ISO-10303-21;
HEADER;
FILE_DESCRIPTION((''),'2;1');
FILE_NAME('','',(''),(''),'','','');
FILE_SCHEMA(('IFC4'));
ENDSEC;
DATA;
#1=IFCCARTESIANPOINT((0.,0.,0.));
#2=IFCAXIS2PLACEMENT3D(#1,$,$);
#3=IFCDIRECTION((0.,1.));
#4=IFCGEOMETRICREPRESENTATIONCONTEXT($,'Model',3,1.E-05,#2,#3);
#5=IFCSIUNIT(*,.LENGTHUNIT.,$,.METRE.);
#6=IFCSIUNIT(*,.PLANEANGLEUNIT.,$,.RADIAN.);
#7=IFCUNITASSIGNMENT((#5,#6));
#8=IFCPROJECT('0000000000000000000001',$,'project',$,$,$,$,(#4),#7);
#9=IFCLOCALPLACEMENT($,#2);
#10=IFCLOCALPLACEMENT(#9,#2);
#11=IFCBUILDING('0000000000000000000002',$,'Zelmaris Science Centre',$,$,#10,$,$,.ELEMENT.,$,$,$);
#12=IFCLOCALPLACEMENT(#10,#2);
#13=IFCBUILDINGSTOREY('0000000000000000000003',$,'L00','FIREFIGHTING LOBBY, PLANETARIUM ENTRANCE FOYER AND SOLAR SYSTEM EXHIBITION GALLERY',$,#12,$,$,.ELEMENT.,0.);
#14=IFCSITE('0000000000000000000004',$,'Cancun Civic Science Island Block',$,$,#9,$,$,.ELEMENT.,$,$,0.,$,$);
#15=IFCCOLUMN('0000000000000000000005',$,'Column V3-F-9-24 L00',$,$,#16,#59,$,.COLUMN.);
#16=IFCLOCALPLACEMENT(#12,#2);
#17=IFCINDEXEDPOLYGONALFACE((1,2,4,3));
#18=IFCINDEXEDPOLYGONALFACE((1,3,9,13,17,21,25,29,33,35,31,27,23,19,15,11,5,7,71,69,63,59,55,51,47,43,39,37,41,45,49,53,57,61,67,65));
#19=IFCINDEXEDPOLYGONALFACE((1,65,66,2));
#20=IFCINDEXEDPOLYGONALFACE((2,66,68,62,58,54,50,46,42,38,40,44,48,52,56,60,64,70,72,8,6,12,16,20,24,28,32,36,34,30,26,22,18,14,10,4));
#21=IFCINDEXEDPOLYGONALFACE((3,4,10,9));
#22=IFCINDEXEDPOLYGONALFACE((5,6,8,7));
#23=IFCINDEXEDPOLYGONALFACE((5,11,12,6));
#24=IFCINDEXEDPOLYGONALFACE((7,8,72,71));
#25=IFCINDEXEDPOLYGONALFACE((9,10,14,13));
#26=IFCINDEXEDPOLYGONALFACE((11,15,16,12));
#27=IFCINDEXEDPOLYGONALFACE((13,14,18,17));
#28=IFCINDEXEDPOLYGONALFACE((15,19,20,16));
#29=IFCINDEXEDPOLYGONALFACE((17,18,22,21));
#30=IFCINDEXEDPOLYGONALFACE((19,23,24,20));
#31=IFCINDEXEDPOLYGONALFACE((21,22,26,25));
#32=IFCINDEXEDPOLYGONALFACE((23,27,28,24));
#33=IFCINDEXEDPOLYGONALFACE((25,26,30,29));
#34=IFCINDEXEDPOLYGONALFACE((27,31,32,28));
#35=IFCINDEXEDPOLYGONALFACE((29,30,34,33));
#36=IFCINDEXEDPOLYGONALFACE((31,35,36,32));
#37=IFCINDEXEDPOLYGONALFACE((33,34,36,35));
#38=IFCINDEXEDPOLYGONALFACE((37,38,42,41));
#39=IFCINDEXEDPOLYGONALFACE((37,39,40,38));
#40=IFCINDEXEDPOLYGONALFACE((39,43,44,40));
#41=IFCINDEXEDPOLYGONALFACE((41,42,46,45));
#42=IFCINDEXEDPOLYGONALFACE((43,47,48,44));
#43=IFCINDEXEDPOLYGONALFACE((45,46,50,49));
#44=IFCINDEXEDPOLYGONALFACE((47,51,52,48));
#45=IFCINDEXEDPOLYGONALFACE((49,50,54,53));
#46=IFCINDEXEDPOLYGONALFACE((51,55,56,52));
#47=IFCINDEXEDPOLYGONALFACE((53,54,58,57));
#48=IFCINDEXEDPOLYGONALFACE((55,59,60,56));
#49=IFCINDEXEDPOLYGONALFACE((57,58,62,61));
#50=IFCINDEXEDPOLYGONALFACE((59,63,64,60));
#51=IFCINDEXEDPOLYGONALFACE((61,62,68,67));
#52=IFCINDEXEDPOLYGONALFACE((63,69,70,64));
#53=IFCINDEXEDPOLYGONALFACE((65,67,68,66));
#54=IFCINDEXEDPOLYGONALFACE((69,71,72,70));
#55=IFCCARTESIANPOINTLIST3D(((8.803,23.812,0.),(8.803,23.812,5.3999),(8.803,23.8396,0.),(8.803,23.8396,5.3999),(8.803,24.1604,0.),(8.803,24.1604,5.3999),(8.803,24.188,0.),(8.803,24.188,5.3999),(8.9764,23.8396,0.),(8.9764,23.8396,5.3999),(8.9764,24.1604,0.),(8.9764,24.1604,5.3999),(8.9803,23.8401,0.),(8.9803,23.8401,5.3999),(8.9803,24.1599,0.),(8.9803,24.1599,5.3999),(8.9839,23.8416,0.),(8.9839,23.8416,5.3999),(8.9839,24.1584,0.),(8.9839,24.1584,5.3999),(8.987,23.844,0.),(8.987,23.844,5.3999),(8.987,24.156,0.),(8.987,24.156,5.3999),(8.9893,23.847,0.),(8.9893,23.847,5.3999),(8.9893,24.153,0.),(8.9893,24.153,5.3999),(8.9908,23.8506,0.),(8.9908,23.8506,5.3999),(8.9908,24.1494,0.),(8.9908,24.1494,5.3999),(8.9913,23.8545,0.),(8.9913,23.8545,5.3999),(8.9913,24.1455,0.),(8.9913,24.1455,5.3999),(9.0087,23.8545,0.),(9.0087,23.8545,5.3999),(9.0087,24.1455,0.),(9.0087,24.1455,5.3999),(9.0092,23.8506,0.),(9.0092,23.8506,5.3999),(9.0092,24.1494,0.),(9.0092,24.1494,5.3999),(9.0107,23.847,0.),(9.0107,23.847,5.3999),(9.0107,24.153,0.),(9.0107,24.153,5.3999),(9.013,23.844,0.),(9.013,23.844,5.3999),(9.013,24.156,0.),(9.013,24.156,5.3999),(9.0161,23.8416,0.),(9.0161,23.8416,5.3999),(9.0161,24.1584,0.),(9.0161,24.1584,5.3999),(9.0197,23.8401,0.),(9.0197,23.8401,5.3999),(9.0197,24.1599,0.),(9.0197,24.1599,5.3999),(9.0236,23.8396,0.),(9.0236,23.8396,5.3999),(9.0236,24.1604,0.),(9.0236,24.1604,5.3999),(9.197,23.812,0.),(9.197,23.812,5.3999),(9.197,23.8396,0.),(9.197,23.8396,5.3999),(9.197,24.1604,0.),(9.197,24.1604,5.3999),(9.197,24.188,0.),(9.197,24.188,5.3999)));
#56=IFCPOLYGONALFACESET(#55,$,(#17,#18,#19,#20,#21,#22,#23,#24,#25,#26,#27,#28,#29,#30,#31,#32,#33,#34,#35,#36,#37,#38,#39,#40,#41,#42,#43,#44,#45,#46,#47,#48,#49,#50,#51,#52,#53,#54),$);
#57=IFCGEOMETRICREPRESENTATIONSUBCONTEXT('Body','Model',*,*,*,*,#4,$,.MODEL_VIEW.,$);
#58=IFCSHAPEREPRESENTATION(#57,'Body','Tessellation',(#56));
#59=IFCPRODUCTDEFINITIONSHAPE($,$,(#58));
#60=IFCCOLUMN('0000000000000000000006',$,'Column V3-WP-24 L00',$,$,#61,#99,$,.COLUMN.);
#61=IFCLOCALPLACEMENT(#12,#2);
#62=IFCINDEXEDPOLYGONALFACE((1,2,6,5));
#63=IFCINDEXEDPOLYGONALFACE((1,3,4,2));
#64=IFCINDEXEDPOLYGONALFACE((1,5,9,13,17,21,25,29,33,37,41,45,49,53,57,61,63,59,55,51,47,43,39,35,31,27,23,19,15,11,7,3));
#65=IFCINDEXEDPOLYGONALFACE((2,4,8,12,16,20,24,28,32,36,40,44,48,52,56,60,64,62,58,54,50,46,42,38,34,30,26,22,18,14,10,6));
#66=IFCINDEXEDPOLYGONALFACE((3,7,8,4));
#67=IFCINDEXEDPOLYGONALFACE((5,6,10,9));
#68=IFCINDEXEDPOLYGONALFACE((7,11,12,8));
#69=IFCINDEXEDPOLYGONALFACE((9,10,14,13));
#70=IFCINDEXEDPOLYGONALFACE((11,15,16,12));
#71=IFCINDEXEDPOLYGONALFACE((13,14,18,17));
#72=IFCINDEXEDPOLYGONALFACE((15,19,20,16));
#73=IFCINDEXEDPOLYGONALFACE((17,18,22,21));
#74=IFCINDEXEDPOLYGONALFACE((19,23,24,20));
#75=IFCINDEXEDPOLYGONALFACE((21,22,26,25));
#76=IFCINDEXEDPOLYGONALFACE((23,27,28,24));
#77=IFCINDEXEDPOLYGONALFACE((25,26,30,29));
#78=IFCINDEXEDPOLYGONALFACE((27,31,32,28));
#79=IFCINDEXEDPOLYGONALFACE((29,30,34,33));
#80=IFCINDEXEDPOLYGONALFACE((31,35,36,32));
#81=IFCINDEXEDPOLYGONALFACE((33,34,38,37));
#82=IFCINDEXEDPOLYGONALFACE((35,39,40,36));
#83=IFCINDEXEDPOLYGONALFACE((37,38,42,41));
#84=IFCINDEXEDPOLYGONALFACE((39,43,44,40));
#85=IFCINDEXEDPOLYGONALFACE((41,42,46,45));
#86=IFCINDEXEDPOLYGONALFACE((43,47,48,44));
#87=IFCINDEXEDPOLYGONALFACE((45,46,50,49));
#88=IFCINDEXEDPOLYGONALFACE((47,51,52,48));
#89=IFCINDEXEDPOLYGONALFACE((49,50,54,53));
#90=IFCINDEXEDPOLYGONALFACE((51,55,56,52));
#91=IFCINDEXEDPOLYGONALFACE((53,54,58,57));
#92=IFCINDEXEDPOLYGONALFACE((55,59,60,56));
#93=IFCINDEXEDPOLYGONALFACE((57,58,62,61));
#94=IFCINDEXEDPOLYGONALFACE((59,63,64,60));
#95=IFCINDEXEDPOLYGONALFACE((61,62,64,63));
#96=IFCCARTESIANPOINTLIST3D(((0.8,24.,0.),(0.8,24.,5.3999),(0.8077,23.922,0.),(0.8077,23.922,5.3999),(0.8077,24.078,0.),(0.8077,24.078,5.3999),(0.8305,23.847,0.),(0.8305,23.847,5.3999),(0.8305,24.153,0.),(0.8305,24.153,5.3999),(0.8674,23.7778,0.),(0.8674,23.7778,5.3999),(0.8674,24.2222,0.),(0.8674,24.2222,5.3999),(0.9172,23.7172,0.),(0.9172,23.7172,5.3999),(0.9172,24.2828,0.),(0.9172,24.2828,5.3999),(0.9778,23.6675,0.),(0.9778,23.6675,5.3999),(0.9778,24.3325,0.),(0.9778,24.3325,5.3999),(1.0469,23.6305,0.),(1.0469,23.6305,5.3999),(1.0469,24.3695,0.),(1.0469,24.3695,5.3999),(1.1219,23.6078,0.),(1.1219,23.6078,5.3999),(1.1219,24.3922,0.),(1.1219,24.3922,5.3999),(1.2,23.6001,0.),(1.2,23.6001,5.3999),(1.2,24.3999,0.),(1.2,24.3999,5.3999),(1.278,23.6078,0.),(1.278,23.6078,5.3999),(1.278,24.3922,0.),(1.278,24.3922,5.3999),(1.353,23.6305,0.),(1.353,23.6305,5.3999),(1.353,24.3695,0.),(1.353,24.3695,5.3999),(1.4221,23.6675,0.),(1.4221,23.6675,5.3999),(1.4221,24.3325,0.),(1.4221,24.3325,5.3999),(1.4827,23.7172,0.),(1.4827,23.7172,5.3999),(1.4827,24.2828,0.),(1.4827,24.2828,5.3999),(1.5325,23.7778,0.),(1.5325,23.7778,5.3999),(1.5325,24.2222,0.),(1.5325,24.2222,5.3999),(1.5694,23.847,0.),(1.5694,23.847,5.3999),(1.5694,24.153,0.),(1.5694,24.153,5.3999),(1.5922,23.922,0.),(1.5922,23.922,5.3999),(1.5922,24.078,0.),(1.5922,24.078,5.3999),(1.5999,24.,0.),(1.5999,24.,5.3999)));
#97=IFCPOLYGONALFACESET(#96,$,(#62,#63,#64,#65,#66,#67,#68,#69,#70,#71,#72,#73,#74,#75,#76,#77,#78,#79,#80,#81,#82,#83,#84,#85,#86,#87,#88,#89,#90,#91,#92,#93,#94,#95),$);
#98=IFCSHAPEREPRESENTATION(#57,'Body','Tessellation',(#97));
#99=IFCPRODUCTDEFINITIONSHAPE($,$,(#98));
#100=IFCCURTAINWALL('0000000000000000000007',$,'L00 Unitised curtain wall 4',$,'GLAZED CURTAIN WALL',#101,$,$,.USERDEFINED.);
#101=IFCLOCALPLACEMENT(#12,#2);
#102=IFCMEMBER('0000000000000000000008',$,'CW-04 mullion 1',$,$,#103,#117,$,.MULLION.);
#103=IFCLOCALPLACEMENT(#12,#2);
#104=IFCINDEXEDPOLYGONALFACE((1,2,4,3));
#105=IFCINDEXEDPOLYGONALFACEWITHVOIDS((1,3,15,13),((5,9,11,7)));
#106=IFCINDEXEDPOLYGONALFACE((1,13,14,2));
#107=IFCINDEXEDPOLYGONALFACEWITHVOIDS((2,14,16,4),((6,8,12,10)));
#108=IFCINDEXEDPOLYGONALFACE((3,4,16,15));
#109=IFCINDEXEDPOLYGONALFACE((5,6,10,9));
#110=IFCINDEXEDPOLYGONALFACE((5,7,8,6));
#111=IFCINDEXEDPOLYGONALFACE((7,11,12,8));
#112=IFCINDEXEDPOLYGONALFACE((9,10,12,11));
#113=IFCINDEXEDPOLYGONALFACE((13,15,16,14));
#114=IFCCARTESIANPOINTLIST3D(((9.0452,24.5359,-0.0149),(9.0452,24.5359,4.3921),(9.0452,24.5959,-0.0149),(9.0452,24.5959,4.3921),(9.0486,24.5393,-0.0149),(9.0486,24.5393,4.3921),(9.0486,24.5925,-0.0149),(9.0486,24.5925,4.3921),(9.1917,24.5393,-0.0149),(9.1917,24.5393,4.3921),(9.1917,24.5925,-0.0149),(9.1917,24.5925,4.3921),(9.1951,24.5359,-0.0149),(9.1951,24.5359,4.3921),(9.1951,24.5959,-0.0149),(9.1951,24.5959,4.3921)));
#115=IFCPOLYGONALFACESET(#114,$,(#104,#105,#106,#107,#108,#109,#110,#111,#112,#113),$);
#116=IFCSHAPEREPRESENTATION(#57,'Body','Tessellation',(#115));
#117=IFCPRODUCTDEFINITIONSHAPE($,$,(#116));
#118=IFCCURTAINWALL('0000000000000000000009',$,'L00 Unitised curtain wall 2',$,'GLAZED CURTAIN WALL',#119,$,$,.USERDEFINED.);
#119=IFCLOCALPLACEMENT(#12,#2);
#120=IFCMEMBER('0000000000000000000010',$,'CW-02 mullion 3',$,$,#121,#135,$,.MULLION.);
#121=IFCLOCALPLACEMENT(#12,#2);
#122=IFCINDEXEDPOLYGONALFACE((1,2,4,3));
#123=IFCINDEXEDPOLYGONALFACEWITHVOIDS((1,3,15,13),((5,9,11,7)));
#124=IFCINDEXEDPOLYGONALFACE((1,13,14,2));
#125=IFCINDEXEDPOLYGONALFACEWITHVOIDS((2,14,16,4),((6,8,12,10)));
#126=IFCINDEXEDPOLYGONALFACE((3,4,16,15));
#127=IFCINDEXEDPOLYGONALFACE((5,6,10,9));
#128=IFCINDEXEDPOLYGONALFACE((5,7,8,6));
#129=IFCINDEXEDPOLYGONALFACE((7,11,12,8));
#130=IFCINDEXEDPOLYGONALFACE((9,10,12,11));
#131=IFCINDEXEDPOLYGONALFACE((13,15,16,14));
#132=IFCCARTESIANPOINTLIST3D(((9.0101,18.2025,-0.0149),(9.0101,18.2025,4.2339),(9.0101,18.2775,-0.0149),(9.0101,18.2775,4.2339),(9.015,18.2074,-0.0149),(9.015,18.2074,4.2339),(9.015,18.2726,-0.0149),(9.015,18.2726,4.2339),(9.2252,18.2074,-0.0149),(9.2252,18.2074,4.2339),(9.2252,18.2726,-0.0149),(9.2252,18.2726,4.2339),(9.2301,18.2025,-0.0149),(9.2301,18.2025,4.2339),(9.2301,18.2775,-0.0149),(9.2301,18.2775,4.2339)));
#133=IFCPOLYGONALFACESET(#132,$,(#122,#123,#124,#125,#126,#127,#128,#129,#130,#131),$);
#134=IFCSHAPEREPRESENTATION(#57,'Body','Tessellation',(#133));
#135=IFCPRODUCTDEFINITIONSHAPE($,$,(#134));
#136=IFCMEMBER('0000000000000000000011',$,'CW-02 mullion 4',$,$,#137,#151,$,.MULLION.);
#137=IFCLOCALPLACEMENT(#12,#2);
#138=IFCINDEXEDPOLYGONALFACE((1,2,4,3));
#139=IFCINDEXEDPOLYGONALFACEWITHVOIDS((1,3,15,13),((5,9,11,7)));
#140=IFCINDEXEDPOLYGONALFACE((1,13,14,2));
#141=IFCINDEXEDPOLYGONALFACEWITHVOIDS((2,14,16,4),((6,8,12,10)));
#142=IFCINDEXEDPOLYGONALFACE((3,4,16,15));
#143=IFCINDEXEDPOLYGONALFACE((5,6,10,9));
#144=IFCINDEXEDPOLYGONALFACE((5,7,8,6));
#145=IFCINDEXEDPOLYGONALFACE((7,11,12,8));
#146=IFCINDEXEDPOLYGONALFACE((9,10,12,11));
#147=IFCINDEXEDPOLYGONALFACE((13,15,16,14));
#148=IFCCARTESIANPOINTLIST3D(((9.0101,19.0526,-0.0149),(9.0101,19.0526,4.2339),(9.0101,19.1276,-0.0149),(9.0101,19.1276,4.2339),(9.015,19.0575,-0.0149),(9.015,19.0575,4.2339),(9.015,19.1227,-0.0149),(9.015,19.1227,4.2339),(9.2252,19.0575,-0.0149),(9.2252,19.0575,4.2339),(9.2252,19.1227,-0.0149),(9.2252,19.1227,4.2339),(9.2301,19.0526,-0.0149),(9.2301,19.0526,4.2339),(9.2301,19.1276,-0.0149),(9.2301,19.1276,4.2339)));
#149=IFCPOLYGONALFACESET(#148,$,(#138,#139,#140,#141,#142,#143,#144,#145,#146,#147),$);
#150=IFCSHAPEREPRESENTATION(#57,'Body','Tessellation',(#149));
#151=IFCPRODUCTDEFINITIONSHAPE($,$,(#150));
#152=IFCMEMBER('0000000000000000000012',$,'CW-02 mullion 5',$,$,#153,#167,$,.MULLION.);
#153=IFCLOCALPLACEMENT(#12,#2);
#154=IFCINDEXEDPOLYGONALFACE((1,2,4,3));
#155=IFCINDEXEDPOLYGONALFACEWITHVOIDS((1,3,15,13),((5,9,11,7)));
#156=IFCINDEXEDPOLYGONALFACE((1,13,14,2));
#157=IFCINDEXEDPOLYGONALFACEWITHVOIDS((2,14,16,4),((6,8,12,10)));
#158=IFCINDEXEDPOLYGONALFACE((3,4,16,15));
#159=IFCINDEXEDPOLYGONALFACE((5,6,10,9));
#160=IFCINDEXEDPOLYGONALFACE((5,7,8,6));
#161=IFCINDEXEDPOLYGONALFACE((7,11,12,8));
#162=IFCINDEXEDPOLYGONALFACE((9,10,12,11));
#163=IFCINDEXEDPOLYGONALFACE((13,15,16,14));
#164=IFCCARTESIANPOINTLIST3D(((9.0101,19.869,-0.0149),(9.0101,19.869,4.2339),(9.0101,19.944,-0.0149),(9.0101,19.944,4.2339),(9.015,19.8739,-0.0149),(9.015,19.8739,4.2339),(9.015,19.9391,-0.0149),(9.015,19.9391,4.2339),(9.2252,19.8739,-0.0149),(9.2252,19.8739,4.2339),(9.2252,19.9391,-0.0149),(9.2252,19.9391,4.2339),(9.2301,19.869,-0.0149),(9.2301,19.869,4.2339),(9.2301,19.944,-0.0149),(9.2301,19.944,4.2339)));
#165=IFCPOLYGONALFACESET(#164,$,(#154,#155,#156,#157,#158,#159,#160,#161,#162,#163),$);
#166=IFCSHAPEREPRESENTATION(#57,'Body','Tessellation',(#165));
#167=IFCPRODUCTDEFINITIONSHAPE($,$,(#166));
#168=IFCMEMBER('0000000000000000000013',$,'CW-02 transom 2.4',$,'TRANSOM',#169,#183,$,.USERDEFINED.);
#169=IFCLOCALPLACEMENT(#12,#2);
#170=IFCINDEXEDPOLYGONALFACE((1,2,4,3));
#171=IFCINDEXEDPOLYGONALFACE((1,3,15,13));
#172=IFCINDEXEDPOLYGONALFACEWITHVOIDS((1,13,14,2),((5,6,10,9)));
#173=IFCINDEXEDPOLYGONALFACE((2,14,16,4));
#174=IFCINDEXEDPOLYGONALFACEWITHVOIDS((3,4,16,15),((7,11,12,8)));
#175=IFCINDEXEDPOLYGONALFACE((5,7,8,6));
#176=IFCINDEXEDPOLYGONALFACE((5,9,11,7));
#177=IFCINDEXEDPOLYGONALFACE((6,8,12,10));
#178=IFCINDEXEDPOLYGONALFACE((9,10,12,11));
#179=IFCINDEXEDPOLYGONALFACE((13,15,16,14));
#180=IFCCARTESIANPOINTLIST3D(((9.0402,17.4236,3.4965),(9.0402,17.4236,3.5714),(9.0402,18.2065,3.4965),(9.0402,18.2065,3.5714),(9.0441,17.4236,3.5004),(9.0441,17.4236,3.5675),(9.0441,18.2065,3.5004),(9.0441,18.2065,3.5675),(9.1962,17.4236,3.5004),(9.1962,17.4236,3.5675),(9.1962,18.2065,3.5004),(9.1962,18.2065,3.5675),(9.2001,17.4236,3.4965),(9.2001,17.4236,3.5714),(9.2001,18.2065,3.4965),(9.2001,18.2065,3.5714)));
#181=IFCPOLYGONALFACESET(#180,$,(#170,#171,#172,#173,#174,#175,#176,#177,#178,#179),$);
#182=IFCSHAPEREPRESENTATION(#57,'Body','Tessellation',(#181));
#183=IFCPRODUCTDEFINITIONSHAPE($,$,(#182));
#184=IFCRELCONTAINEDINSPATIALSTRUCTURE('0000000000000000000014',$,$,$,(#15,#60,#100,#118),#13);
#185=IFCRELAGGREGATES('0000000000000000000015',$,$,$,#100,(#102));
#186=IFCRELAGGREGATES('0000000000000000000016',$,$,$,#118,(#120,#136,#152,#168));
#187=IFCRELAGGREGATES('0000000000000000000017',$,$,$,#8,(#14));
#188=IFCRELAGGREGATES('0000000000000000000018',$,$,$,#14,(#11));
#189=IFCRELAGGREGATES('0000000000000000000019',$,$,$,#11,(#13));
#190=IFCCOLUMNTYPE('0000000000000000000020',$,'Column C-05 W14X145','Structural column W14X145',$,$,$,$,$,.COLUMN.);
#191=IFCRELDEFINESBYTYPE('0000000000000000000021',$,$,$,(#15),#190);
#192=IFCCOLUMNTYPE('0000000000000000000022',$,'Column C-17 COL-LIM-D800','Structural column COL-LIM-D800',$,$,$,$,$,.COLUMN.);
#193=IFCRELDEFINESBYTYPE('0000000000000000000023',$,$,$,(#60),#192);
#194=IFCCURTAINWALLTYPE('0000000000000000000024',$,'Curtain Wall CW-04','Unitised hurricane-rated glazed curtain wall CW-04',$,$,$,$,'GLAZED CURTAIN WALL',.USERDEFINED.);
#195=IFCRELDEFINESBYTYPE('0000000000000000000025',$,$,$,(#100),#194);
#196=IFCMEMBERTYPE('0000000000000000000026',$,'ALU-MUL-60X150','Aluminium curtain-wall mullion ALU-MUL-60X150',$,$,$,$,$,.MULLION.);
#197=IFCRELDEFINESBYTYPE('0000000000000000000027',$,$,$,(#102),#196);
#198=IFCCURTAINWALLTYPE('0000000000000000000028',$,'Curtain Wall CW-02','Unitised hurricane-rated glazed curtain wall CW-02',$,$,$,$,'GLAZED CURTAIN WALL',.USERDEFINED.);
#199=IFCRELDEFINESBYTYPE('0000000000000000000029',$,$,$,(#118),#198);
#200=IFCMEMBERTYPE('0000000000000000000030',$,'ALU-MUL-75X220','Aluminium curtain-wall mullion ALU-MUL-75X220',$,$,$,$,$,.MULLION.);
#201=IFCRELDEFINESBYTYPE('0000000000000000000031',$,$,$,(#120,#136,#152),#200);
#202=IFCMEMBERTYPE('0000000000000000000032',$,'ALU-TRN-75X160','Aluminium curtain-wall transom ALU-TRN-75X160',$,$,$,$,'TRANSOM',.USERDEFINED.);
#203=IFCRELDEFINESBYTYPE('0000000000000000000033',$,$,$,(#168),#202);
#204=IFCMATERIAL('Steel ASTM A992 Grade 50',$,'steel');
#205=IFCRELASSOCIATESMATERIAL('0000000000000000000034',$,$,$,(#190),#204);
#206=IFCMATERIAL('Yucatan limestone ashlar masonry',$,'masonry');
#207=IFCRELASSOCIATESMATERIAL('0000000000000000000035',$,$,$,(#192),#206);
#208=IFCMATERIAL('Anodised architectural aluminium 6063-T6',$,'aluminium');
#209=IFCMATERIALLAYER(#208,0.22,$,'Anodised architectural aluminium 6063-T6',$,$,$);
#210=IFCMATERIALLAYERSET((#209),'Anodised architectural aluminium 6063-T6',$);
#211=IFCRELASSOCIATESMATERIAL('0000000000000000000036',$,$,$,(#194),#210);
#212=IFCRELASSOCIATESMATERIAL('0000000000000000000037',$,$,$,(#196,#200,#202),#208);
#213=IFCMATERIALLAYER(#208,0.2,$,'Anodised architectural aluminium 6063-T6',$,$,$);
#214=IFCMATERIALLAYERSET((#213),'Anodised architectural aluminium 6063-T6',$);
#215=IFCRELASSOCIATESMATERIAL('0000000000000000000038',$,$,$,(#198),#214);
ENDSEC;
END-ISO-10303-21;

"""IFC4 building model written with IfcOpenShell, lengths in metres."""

from ifc_helpers import new_model, si_unit, direction, frame, origin, origin_2d, place, context, subcontext, project, spatial, hollow_rectangle, circle, i_section, extrude, material, layer, layer_set, material_profile, profile_set, type_object, element, aggregate, save


model = new_model("IFC4")

# Units and contexts
model_context = context("Model", 3, precision=1e-05, world=origin(), true_north=direction((0.0, 1.0)))
body_context = subcontext(model_context, "Body", "Model", "MODEL_VIEW")
ifc_project = project(units=[si_unit("LENGTHUNIT", "METRE"), si_unit("PLANEANGLEUNIT", "RADIAN")], contexts=[model_context])

# Site, building, storey
site_placement = place(None, origin())
site = spatial("IfcSite", under=ifc_project, at=site_placement, Name="Cancun Civic Science Island Block", CompositionType="ELEMENT", RefElevation=0.0)
building_placement = place(site_placement, origin())
building = spatial("IfcBuilding", under=site, at=building_placement, Name="Zelmaris Science Centre", CompositionType="ELEMENT")
storey_placement = place(building_placement, origin())
storey = spatial("IfcBuildingStorey", under=building, at=storey_placement, Name="L00", Description="FIREFIGHTING LOBBY, PLANETARIUM ENTRANCE FOYER AND SOLAR SYSTEM EXHIBITION GALLERY", CompositionType="ELEMENT", Elevation=0.0)

# Columns
ifc_material_1 = material(Name="Steel ASTM A992 Grade 50", Category="steel")
ifc_material_profile_1 = material_profile(ifc_material_1, i_section(OverallWidth=0.394, OverallDepth=0.376, WebThickness=0.0173, FlangeThickness=0.0276, FilletRadius=0.0149, at=origin_2d()), Name="W14X145")
ifc_profile_set_1 = profile_set([ifc_material_profile_1], Name="Steel ASTM A992 Grade 50")
column_type_1 = type_object("IfcColumnType", Name="Column C-05 W14X145", Description="Structural column W14X145", PredefinedType="COLUMN", material=ifc_profile_set_1)
column_1_placement = place(storey_placement, frame((9.0, 24.0, 0.0), z_axis=(0.0, 0.0, 1.0), x_axis=(1.0, 0.0, 0.0)))
element("IfcColumn", 1, at=column_1_placement, inside=storey, type_object=column_type_1, Name="Column V3-F-9-24 L00", PredefinedType="COLUMN", context=body_context, shape_type="SweptSolid", body=[
    extrude(i_section(OverallWidth=0.394, OverallDepth=0.376, WebThickness=0.0173, FlangeThickness=0.0276, FilletRadius=0.0149, at=origin_2d()), origin(), (0.0, 0.0, 1.0), 5.3999),
])
ifc_material_2 = material(Name="Yucatan limestone ashlar masonry", Category="masonry")
ifc_material_profile_2 = material_profile(ifc_material_2, circle(Radius=0.3999, at=origin_2d()), Name="COL-LIM-D800")
ifc_profile_set_2 = profile_set([ifc_material_profile_2], Name="Yucatan limestone ashlar masonry")
column_type_2 = type_object("IfcColumnType", Name="Column C-17 COL-LIM-D800", Description="Structural column COL-LIM-D800", PredefinedType="COLUMN", material=ifc_profile_set_2)
column_2_placement = place(storey_placement, frame((1.2, 24.0, 0.0), z_axis=(0.0, 0.0, 1.0), x_axis=(1.0, 0.0, 0.0)))
element("IfcColumn", 2, at=column_2_placement, inside=storey, type_object=column_type_2, Name="Column V3-WP-24 L00", PredefinedType="COLUMN", context=body_context, shape_type="SweptSolid", body=[
    extrude(circle(Radius=0.3999, at=origin_2d()), origin(), (0.0, 0.0, 1.0), 5.3999),
])

# Curtain wall, member
ifc_material_3 = material(Name="Anodised architectural aluminium 6063-T6", Category="aluminium")
ifc_layer_1 = layer(ifc_material_3, 0.22, Name="Anodised architectural aluminium 6063-T6")
ifc_layer_set_1 = layer_set([ifc_layer_1], Name="Anodised architectural aluminium 6063-T6")
curtain_wall_type_1 = type_object("IfcCurtainWallType", Name="Curtain Wall CW-04", Description="Unitised hurricane-rated glazed curtain wall CW-04", ElementType="GLAZED CURTAIN WALL", PredefinedType="USERDEFINED", material=ifc_layer_set_1)
curtain_wall_1_placement = place(storey_placement, origin())
curtain_wall_1 = element("IfcCurtainWall", 3, at=curtain_wall_1_placement, inside=storey, type_object=curtain_wall_type_1, Name="L00 Unitised curtain wall 4", ObjectType="GLAZED CURTAIN WALL", PredefinedType="USERDEFINED")
ifc_material_profile_3 = material_profile(ifc_material_3, hollow_rectangle(XDim=0.0601, YDim=0.1499, WallThickness=0.0034, at=origin_2d()), Name="ALU-MUL-60X150")
ifc_profile_set_3 = profile_set([ifc_material_profile_3], Name="Anodised architectural aluminium 6063-T6")
member_type_1 = type_object("IfcMemberType", Name="ALU-MUL-60X150", Description="Aluminium curtain-wall mullion ALU-MUL-60X150", PredefinedType="MULLION", material=ifc_profile_set_3)
member_1_placement = place(storey_placement, frame((9.1201, 24.5659, -0.0149), z_axis=(0.0, 0.0, 1.0), x_axis=(0.0, 1.0, 0.0)))
member_1 = element("IfcMember", 4, at=member_1_placement, type_object=member_type_1, Name="CW-04 mullion 1", PredefinedType="MULLION", context=body_context, shape_type="SweptSolid", body=[
    extrude(hollow_rectangle(XDim=0.0601, YDim=0.1499, WallThickness=0.0034, at=origin_2d()), origin(), (0.0, 0.0, 1.0), 4.407),
])
aggregate(curtain_wall_1, [member_1])

# Curtain wall, members
ifc_layer_2 = layer(ifc_material_3, 0.2, Name="Anodised architectural aluminium 6063-T6")
ifc_layer_set_2 = layer_set([ifc_layer_2], Name="Anodised architectural aluminium 6063-T6")
curtain_wall_type_2 = type_object("IfcCurtainWallType", Name="Curtain Wall CW-02", Description="Unitised hurricane-rated glazed curtain wall CW-02", ElementType="GLAZED CURTAIN WALL", PredefinedType="USERDEFINED", material=ifc_layer_set_2)
curtain_wall_2_placement = place(storey_placement, origin())
curtain_wall_2 = element("IfcCurtainWall", 5, at=curtain_wall_2_placement, inside=storey, type_object=curtain_wall_type_2, Name="L00 Unitised curtain wall 2", ObjectType="GLAZED CURTAIN WALL", PredefinedType="USERDEFINED")
ifc_material_profile_4 = material_profile(ifc_material_3, hollow_rectangle(XDim=0.075, YDim=0.22, WallThickness=0.0049, at=origin_2d()), Name="ALU-MUL-75X220")
ifc_profile_set_4 = profile_set([ifc_material_profile_4], Name="Anodised architectural aluminium 6063-T6")
member_type_2 = type_object("IfcMemberType", Name="ALU-MUL-75X220", Description="Aluminium curtain-wall mullion ALU-MUL-75X220", PredefinedType="MULLION", material=ifc_profile_set_4)
member_2_placement = place(storey_placement, frame((9.1201, 18.24, -0.0149), z_axis=(0.0, 0.0, 1.0), x_axis=(0.0, 1.0, 0.0)))
member_2 = element("IfcMember", 6, at=member_2_placement, type_object=member_type_2, Name="CW-02 mullion 3", PredefinedType="MULLION", context=body_context, shape_type="SweptSolid", body=[
    extrude(hollow_rectangle(XDim=0.075, YDim=0.22, WallThickness=0.0049, at=origin_2d()), origin(), (0.0, 0.0, 1.0), 4.2488),
])
member_3_placement = place(storey_placement, frame((9.1201, 19.0901, -0.0149), z_axis=(0.0, 0.0, 1.0), x_axis=(0.0, 1.0, 0.0)))
member_3 = element("IfcMember", 7, at=member_3_placement, type_object=member_type_2, Name="CW-02 mullion 4", PredefinedType="MULLION", context=body_context, shape_type="SweptSolid", body=[
    extrude(hollow_rectangle(XDim=0.075, YDim=0.22, WallThickness=0.0049, at=origin_2d()), origin(), (0.0, 0.0, 1.0), 4.2488),
])
member_4_placement = place(storey_placement, frame((9.1201, 19.9065, -0.0149), z_axis=(0.0, 0.0, 1.0), x_axis=(0.0, 1.0, 0.0)))
member_4 = element("IfcMember", 8, at=member_4_placement, type_object=member_type_2, Name="CW-02 mullion 5", PredefinedType="MULLION", context=body_context, shape_type="SweptSolid", body=[
    extrude(hollow_rectangle(XDim=0.075, YDim=0.22, WallThickness=0.0049, at=origin_2d()), origin(), (0.0, 0.0, 1.0), 4.2488),
])
ifc_material_profile_5 = material_profile(ifc_material_3, hollow_rectangle(XDim=0.075, YDim=0.1599, WallThickness=0.0039, at=origin_2d()), Name="ALU-TRN-75X160")
ifc_profile_set_5 = profile_set([ifc_material_profile_5], Name="Anodised architectural aluminium 6063-T6")
member_type_3 = type_object("IfcMemberType", Name="ALU-TRN-75X160", Description="Aluminium curtain-wall transom ALU-TRN-75X160", ElementType="TRANSOM", PredefinedType="USERDEFINED", material=ifc_profile_set_5)
member_5_placement = place(storey_placement, frame((9.1201, 17.4236, 3.5339), z_axis=(0.0, 1.0, 0.0), x_axis=(0.0, 0.0, 1.0)))
member_5 = element("IfcMember", 9, at=member_5_placement, type_object=member_type_3, Name="CW-02 transom 2.4", ObjectType="TRANSOM", PredefinedType="USERDEFINED", context=body_context, shape_type="SweptSolid", body=[
    extrude(hollow_rectangle(XDim=0.075, YDim=0.1599, WallThickness=0.0039, at=origin_2d()), origin(), (0.0, 0.0, 1.0), 0.783),
])

aggregate(curtain_wall_2, [member_2, member_3, member_4, member_5])

save(model, "model.ifc")
